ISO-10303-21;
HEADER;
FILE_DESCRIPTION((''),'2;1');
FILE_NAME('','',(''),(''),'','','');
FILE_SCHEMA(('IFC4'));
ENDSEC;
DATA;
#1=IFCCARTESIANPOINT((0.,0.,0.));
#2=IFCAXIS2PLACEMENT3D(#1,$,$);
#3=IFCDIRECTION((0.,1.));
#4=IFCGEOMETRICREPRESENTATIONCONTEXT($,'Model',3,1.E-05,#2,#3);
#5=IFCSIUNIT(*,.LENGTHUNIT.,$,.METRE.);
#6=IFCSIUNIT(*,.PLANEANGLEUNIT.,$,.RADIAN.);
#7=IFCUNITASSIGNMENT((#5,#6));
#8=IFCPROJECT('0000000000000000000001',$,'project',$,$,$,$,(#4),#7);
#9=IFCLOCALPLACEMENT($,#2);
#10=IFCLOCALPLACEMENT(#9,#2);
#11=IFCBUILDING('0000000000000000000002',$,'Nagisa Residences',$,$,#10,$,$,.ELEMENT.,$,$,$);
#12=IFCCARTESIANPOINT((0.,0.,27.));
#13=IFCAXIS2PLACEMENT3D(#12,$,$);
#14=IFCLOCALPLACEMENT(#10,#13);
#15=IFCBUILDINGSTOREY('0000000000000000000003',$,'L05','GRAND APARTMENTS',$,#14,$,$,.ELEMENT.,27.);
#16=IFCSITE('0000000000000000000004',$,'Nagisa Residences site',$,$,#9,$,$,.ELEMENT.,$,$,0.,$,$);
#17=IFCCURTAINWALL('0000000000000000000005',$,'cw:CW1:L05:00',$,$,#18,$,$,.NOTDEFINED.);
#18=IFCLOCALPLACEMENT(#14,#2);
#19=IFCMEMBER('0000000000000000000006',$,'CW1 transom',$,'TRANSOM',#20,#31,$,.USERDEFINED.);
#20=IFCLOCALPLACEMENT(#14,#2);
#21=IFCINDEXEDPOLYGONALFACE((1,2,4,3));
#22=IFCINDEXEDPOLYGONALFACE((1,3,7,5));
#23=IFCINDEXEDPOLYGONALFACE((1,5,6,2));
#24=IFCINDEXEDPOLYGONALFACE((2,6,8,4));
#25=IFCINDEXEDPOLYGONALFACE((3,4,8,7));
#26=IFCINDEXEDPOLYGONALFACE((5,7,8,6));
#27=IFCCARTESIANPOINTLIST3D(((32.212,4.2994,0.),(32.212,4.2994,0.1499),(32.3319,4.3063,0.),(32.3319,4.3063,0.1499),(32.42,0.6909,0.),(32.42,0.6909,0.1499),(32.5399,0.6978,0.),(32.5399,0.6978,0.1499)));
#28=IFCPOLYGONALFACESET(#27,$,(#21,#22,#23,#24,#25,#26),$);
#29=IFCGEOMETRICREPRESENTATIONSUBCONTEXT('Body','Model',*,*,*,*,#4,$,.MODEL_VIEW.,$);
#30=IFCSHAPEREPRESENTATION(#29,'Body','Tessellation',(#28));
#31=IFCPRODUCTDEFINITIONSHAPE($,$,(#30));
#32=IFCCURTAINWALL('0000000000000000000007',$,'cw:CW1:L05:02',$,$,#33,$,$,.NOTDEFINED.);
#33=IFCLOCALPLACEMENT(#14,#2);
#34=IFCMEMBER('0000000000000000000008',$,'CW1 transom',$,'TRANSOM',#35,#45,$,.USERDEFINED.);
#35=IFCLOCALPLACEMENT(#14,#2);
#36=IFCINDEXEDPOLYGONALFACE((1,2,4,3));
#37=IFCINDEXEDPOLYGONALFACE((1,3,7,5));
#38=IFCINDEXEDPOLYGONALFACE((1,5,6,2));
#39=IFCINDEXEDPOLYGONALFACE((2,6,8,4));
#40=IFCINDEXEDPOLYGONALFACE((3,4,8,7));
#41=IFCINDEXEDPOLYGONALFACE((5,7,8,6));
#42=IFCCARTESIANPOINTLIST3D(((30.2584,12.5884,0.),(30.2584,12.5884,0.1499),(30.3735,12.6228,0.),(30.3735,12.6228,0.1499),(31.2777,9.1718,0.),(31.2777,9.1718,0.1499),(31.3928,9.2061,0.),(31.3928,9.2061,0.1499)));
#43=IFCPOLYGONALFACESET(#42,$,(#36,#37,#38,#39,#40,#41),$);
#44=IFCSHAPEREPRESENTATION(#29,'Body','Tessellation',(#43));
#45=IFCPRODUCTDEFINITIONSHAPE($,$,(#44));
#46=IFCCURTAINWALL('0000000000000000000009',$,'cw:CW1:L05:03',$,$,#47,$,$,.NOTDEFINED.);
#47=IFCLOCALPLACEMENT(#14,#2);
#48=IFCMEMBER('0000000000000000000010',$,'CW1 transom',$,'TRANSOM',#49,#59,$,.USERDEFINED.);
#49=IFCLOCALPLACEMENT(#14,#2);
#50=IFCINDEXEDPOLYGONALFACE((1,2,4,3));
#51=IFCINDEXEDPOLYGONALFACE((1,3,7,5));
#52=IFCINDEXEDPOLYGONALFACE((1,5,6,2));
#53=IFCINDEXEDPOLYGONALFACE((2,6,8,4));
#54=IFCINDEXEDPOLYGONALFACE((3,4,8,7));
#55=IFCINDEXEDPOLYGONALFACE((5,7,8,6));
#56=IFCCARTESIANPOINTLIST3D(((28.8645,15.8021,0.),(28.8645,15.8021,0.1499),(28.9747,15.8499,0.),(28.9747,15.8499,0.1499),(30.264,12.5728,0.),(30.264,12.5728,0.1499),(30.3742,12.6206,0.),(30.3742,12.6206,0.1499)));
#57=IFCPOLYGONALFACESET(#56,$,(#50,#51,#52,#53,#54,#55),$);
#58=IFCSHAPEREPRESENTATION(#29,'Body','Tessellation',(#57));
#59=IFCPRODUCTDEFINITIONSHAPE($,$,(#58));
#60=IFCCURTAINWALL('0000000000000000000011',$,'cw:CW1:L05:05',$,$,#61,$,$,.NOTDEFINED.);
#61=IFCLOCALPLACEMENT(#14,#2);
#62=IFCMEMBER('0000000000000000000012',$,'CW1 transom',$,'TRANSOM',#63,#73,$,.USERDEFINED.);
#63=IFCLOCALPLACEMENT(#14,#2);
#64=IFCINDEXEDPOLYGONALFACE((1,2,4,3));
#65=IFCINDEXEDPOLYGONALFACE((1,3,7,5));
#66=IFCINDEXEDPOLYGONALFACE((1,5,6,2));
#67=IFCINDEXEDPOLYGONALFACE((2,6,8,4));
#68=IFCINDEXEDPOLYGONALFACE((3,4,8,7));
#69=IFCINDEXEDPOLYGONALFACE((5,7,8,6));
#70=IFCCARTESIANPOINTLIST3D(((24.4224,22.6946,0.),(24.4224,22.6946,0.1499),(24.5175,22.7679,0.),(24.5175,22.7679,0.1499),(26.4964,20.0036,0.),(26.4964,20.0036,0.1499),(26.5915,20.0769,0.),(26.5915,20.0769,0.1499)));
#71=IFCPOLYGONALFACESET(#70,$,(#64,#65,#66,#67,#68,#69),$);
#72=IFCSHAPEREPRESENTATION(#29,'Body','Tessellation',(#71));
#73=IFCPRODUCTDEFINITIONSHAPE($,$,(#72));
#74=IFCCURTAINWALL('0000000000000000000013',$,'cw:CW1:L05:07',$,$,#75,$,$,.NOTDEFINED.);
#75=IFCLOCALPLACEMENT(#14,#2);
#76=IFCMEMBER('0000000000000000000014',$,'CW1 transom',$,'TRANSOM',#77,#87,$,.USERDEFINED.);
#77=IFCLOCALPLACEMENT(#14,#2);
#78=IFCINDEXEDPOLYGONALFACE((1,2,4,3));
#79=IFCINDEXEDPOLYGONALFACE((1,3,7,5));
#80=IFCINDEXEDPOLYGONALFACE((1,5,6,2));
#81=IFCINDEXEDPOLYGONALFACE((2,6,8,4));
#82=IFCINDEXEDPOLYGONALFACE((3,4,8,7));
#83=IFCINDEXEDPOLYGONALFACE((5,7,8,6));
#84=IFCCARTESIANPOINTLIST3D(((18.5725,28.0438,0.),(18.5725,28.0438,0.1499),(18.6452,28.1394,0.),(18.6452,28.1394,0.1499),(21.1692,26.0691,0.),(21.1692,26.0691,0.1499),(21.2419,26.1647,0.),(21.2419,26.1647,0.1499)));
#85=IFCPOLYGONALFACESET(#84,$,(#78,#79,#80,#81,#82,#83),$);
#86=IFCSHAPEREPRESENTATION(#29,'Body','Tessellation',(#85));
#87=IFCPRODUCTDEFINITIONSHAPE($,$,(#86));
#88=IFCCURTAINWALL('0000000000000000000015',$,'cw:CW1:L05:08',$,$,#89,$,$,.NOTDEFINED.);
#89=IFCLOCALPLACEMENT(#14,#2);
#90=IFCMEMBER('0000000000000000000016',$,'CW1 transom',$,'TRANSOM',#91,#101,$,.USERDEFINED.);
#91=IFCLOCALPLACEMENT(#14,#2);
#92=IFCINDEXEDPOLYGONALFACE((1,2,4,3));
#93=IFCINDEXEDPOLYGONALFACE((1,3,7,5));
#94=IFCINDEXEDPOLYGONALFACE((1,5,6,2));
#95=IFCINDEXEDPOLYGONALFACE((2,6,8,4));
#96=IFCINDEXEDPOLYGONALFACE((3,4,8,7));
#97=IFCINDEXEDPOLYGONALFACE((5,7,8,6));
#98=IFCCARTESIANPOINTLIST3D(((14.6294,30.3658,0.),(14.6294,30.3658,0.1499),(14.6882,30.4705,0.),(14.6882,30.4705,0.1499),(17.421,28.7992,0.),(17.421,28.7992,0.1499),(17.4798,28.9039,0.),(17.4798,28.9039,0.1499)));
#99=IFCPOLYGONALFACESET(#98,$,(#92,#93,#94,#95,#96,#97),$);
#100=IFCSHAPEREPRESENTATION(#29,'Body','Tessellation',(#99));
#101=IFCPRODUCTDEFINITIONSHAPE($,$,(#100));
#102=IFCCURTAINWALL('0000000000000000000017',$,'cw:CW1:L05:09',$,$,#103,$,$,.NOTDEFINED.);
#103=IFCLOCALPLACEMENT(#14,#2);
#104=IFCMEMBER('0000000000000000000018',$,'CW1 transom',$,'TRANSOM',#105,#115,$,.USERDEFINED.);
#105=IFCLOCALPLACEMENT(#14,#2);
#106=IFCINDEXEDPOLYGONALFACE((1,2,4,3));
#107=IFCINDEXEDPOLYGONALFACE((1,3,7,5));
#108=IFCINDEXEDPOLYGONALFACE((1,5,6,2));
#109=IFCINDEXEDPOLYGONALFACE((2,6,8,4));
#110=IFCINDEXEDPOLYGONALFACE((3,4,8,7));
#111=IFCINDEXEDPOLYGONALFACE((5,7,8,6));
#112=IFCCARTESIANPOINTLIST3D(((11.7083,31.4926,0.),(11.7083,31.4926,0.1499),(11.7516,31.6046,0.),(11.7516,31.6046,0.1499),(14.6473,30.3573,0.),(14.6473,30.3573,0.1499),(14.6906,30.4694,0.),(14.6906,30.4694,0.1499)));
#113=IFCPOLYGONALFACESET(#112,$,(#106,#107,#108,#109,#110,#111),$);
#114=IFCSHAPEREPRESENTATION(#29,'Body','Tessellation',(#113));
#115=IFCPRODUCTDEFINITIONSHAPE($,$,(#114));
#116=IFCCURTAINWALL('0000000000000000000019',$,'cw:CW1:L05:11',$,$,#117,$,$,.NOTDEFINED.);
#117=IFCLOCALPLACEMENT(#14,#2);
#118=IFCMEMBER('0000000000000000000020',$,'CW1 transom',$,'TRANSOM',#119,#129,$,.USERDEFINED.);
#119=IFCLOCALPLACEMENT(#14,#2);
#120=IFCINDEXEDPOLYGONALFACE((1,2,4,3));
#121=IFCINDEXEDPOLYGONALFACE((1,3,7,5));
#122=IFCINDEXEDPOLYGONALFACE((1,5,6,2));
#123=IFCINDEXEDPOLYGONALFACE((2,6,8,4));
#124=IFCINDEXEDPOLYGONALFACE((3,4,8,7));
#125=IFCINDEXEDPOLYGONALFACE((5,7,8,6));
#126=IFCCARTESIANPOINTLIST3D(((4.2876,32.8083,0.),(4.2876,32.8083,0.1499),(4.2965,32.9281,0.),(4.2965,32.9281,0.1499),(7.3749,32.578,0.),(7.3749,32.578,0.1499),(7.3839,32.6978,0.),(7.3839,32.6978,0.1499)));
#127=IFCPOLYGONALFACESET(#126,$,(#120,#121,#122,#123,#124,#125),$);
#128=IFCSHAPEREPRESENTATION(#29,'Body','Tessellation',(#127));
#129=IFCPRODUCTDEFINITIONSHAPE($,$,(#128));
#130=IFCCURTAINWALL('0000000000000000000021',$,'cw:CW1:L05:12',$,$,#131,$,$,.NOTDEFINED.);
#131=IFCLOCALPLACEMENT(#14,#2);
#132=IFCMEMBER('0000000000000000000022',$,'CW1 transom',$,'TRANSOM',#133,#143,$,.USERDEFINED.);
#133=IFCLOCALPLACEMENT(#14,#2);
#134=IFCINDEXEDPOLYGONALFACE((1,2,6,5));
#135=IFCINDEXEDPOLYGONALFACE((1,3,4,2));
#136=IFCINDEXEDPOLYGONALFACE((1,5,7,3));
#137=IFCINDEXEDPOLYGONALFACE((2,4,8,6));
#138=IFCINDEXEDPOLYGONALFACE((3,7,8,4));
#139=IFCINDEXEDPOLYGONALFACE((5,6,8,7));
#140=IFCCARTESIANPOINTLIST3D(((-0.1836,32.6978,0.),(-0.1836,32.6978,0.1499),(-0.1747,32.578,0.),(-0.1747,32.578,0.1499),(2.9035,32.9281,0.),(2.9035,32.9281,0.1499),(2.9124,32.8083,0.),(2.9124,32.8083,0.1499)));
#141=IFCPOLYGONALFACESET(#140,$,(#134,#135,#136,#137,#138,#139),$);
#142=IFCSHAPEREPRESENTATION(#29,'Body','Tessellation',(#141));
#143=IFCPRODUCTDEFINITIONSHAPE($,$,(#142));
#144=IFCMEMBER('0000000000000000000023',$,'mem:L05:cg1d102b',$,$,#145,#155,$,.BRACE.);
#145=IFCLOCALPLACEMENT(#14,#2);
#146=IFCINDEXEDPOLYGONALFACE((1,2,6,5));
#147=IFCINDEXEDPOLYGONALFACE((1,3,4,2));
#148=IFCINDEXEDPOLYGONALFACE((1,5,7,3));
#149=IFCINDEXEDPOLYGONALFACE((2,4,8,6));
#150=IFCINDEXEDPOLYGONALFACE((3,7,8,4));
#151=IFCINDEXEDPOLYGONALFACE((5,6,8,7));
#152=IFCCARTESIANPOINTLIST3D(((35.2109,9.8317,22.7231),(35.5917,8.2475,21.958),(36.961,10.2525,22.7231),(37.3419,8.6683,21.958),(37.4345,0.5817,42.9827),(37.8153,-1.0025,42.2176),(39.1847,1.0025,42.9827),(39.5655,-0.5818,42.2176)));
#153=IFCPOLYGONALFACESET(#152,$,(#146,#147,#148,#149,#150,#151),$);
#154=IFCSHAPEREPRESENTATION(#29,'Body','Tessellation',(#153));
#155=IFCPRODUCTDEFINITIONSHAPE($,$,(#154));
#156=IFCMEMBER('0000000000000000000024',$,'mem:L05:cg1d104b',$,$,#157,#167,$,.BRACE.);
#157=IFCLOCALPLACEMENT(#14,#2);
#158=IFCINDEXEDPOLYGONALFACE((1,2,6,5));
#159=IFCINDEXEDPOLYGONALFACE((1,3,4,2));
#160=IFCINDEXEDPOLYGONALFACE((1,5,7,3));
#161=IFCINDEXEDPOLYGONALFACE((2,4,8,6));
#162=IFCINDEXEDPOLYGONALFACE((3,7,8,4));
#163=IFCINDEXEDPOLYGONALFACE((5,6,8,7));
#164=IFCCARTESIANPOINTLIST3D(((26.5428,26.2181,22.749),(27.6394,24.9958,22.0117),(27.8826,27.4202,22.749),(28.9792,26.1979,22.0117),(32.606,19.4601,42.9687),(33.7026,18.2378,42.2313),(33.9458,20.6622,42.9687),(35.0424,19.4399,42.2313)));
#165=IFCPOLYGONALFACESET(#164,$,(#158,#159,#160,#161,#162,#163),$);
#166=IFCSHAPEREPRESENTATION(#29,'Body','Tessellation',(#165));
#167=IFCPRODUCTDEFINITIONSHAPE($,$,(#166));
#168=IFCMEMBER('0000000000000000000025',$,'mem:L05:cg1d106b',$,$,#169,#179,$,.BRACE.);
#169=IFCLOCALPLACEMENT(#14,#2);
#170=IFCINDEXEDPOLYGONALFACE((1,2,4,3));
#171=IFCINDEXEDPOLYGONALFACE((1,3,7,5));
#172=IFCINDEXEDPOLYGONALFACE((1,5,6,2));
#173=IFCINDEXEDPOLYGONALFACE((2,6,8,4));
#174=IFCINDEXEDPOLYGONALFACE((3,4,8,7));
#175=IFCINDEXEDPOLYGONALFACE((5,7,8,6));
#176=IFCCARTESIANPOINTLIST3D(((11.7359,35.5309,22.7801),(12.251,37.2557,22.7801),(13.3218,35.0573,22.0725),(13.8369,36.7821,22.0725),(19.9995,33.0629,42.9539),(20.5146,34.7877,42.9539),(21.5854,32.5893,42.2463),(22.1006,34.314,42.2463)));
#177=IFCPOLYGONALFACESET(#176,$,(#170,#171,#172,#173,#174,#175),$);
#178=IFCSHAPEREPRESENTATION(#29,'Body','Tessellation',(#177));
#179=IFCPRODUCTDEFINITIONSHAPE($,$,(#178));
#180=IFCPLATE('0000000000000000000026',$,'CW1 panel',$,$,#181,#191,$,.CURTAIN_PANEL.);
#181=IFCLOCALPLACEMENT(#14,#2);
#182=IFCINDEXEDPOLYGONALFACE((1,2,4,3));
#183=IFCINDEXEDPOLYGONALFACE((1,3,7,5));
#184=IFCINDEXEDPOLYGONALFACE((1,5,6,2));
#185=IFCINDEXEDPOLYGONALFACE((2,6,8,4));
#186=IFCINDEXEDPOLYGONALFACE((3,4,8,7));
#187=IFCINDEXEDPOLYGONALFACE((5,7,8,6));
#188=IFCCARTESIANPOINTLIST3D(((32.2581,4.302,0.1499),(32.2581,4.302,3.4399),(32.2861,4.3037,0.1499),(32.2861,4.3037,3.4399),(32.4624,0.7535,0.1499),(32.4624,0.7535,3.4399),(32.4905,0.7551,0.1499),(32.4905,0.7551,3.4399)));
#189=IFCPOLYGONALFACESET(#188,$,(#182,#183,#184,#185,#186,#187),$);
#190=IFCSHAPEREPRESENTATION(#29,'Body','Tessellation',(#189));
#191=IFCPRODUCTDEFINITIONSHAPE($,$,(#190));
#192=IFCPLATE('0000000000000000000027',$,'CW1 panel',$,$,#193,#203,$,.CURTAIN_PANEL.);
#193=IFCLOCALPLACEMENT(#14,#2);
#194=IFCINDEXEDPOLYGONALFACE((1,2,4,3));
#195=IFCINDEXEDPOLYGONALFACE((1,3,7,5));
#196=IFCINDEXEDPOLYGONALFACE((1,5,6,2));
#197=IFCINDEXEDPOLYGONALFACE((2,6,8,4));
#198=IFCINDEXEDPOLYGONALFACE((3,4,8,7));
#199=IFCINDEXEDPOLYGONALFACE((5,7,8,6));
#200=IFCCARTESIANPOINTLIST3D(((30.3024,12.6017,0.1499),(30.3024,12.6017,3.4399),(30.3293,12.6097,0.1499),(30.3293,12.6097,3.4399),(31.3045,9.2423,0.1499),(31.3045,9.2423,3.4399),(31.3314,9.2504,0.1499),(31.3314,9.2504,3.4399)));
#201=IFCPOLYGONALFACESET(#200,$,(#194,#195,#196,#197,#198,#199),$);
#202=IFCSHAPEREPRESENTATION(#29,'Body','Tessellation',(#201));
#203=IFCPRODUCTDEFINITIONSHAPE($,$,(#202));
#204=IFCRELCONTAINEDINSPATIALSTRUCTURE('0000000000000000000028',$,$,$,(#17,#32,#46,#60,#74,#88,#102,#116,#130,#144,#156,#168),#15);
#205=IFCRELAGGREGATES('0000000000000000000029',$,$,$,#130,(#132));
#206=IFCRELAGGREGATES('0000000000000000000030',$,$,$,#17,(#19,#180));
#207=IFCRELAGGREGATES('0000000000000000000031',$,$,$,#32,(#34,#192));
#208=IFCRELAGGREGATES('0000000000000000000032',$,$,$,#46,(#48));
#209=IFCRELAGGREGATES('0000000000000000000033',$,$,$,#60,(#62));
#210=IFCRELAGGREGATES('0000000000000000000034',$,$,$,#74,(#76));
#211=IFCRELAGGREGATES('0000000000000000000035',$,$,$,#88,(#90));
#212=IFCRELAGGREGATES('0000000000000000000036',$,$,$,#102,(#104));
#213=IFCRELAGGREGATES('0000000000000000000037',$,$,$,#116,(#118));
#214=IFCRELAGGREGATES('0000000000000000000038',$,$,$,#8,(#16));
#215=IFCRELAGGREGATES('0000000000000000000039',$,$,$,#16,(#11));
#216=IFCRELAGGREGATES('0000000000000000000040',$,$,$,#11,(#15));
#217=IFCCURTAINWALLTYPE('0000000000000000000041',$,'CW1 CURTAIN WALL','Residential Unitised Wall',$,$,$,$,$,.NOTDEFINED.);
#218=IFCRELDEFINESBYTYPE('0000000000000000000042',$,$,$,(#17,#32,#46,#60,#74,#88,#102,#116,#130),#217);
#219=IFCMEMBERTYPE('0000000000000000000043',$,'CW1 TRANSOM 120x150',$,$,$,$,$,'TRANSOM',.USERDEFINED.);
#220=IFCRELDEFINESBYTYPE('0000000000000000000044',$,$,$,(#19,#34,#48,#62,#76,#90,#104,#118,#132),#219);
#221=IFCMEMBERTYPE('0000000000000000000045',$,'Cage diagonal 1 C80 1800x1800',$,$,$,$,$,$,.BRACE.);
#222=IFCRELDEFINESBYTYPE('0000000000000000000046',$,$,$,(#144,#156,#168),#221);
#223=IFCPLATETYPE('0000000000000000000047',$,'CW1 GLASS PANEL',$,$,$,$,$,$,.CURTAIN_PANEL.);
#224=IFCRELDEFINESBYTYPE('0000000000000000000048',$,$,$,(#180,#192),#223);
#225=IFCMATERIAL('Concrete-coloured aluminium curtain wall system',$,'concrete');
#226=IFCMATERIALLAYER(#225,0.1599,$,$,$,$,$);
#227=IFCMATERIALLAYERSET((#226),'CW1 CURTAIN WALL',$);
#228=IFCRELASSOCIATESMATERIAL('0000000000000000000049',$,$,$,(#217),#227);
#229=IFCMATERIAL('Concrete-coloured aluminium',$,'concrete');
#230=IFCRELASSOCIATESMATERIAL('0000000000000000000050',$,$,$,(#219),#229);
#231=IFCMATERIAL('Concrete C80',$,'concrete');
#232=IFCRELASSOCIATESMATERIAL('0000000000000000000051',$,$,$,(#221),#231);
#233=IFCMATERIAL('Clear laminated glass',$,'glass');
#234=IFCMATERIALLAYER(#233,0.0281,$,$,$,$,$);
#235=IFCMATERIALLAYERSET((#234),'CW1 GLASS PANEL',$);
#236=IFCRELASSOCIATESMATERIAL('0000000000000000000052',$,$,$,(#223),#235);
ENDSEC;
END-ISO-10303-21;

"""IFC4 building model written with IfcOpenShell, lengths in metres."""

from ifc_helpers import new_model, si_unit, direction, frame, origin, origin_2d, place, context, subcontext, project, spatial, rectangle, extrude, material, layer, layer_set, material_profile, profile_set, type_object, element, aggregate, save


model = new_model("IFC4")

# Units and contexts
model_context = context("Model", 3, precision=1e-05, world=origin(), true_north=direction((0.0, 1.0)))
body_context = subcontext(model_context, "Body", "Model", "MODEL_VIEW")
ifc_project = project(units=[si_unit("LENGTHUNIT", "METRE"), si_unit("PLANEANGLEUNIT", "RADIAN")], contexts=[model_context])

# Site, building, storey
site_placement = place(None, origin())
site = spatial("IfcSite", under=ifc_project, at=site_placement, Name="Nagisa Residences site", CompositionType="ELEMENT", RefElevation=0.0)
building_placement = place(site_placement, origin())
building = spatial("IfcBuilding", under=site, at=building_placement, Name="Nagisa Residences", CompositionType="ELEMENT")
storey_placement = place(building_placement, frame((0.0, 0.0, 27.0)))
storey = spatial("IfcBuildingStorey", under=building, at=storey_placement, Name="L05", Description="GRAND APARTMENTS", CompositionType="ELEMENT", Elevation=27.0)

# Curtain walls, members
ifc_material_1 = material(Name="Concrete-coloured aluminium curtain wall system", Category="concrete")
ifc_layer_1 = layer(ifc_material_1, 0.1599)
ifc_layer_set_1 = layer_set([ifc_layer_1], Name="CW1 CURTAIN WALL")
curtain_wall_type = type_object("IfcCurtainWallType", Name="CW1 CURTAIN WALL", Description="Residential Unitised Wall", PredefinedType="NOTDEFINED", material=ifc_layer_set_1)
curtain_wall_1_placement = place(storey_placement, origin())
curtain_wall_1 = element("IfcCurtainWall", 1, at=curtain_wall_1_placement, inside=storey, type_object=curtain_wall_type, Name="cw:CW1:L05:00", PredefinedType="NOTDEFINED")
ifc_material_2 = material(Name="Concrete-coloured aluminium", Category="concrete")
ifc_material_profile_1 = material_profile(ifc_material_2, rectangle(XDim=0.1201, YDim=0.1499, at=origin_2d()), Name="CW1 TRANSOM 120x150")
ifc_profile_set_1 = profile_set([ifc_material_profile_1], Name="Concrete-coloured aluminium")
member_type_1 = type_object("IfcMemberType", Name="CW1 TRANSOM 120x150", ElementType="TRANSOM", PredefinedType="USERDEFINED", material=ifc_profile_set_1)
member_1_placement = place(storey_placement, frame((32.48, 0.6943, 0.075), z_axis=(-0.05755, 0.998343, 0.0), x_axis=(-0.998343, -0.05755, 0.0)))
member_1 = element("IfcMember", 2, at=member_1_placement, type_object=member_type_1, Name="CW1 transom", ObjectType="TRANSOM", PredefinedType="USERDEFINED", context=body_context, shape_type="SweptSolid", body=[
    extrude(rectangle(XDim=0.1201, YDim=0.1499, at=origin_2d()), origin(), (0.0, 0.0, 1.0), 3.6145),
])
curtain_wall_2_placement = place(storey_placement, origin())
curtain_wall_2 = element("IfcCurtainWall", 3, at=curtain_wall_2_placement, inside=storey, type_object=curtain_wall_type, Name="cw:CW1:L05:02", PredefinedType="NOTDEFINED")
member_2_placement = place(storey_placement, frame((31.3352, 9.189, 0.075), z_axis=(-0.285871, 0.958268, 0.0), x_axis=(-0.958268, -0.285871, 0.0)))
member_2 = element("IfcMember", 4, at=member_2_placement, type_object=member_type_1, Name="CW1 transom", ObjectType="TRANSOM", PredefinedType="USERDEFINED", context=body_context, shape_type="SweptSolid", body=[
    extrude(rectangle(XDim=0.1201, YDim=0.1499, at=origin_2d()), origin(), (0.0, 0.0, 1.0), 3.5654),
])
curtain_wall_3_placement = place(storey_placement, origin())
curtain_wall_3 = element("IfcCurtainWall", 5, at=curtain_wall_3_placement, inside=storey, type_object=curtain_wall_type, Name="cw:CW1:L05:03", PredefinedType="NOTDEFINED")
member_3_placement = place(storey_placement, frame((30.3191, 12.5967, 0.075), z_axis=(-0.397625, 0.917548, 0.0), x_axis=(-0.917548, -0.397625, 0.0)))
member_3 = element("IfcMember", 6, at=member_3_placement, type_object=member_type_1, Name="CW1 transom", ObjectType="TRANSOM", PredefinedType="USERDEFINED", context=body_context, shape_type="SweptSolid", body=[
    extrude(rectangle(XDim=0.1201, YDim=0.1499, at=origin_2d()), origin(), (0.0, 0.0, 1.0), 3.5195),
])
curtain_wall_4_placement = place(storey_placement, origin())
curtain_wall_4 = element("IfcCurtainWall", 7, at=curtain_wall_4_placement, inside=storey, type_object=curtain_wall_type, Name="cw:CW1:L05:05", PredefinedType="NOTDEFINED")
member_4_placement = place(storey_placement, frame((26.5439, 20.0403, 0.075), z_axis=(-0.610457, 0.792049, 0.0), x_axis=(-0.792049, -0.610457, 0.0)))
member_4 = element("IfcMember", 8, at=member_4_placement, type_object=member_type_1, Name="CW1 transom", ObjectType="TRANSOM", PredefinedType="USERDEFINED", context=body_context, shape_type="SweptSolid", body=[
    extrude(rectangle(XDim=0.1201, YDim=0.1499, at=origin_2d()), origin(), (0.0, 0.0, 1.0), 3.3975),
])
curtain_wall_5_placement = place(storey_placement, origin())
curtain_wall_5 = element("IfcCurtainWall", 9, at=curtain_wall_5_placement, inside=storey, type_object=curtain_wall_type, Name="cw:CW1:L05:07", PredefinedType="NOTDEFINED")
member_5_placement = place(storey_placement, frame((21.2056, 26.1169, 0.075), z_axis=(-0.795995, 0.605303, 0.0), x_axis=(-0.605303, -0.795995, 0.0)))
member_5 = element("IfcMember", 10, at=member_5_placement, type_object=member_type_1, Name="CW1 transom", ObjectType="TRANSOM", PredefinedType="USERDEFINED", context=body_context, shape_type="SweptSolid", body=[
    extrude(rectangle(XDim=0.1201, YDim=0.1499, at=origin_2d()), origin(), (0.0, 0.0, 1.0), 3.2622),
])
curtain_wall_6_placement = place(storey_placement, origin())
curtain_wall_6 = element("IfcCurtainWall", 11, at=curtain_wall_6_placement, inside=storey, type_object=curtain_wall_type, Name="cw:CW1:L05:08", PredefinedType="NOTDEFINED")
member_6_placement = place(storey_placement, frame((17.4504, 28.8516, 0.075), z_axis=(-0.87207, 0.489381, 0.0), x_axis=(-0.489381, -0.87207, 0.0)))
member_6 = element("IfcMember", 12, at=member_6_placement, type_object=member_type_1, Name="CW1 transom", ObjectType="TRANSOM", PredefinedType="USERDEFINED", context=body_context, shape_type="SweptSolid", body=[
    extrude(rectangle(XDim=0.1201, YDim=0.1499, at=origin_2d()), origin(), (0.0, 0.0, 1.0), 3.2012),
])
curtain_wall_7_placement = place(storey_placement, origin())
curtain_wall_7 = element("IfcCurtainWall", 13, at=curtain_wall_7_placement, inside=storey, type_object=curtain_wall_type, Name="cw:CW1:L05:09", PredefinedType="NOTDEFINED")
member_7_placement = place(storey_placement, frame((14.6689, 30.4133, 0.075), z_axis=(-0.932825, 0.360329, 0.0), x_axis=(-0.360329, -0.932825, 0.0)))
member_7 = element("IfcMember", 14, at=member_7_placement, type_object=member_type_1, Name="CW1 transom", ObjectType="TRANSOM", PredefinedType="USERDEFINED", context=body_context, shape_type="SweptSolid", body=[
    extrude(rectangle(XDim=0.1201, YDim=0.1499, at=origin_2d()), origin(), (0.0, 0.0, 1.0), 3.1506),
])
curtain_wall_8_placement = place(storey_placement, origin())
curtain_wall_8 = element("IfcCurtainWall", 15, at=curtain_wall_8_placement, inside=storey, type_object=curtain_wall_type, Name="cw:CW1:L05:11", PredefinedType="NOTDEFINED")
member_8_placement = place(storey_placement, frame((7.3794, 32.6379, 0.075), z_axis=(-0.997231, 0.074363, 0.0), x_axis=(-0.074363, -0.997231, 0.0)))
member_8 = element("IfcMember", 16, at=member_8_placement, type_object=member_type_1, Name="CW1 transom", ObjectType="TRANSOM", PredefinedType="USERDEFINED", context=body_context, shape_type="SweptSolid", body=[
    extrude(rectangle(XDim=0.1201, YDim=0.1499, at=origin_2d()), origin(), (0.0, 0.0, 1.0), 3.0959),
])
curtain_wall_9_placement = place(storey_placement, origin())
curtain_wall_9 = element("IfcCurtainWall", 17, at=curtain_wall_9_placement, inside=storey, type_object=curtain_wall_type, Name="cw:CW1:L05:12", PredefinedType="NOTDEFINED")
member_9_placement = place(storey_placement, frame((2.908, 32.8682, 0.075), z_axis=(-0.997231, -0.074368, 0.0), x_axis=(0.074368, -0.997231, 0.0)))
member_9 = element("IfcMember", 18, at=member_9_placement, type_object=member_type_1, Name="CW1 transom", ObjectType="TRANSOM", PredefinedType="USERDEFINED", context=body_context, shape_type="SweptSolid", body=[
    extrude(rectangle(XDim=0.1201, YDim=0.1499, at=origin_2d()), origin(), (0.0, 0.0, 1.0), 3.0957),
])
aggregate(curtain_wall_9, [member_9])

# Members
ifc_material_3 = material(Name="Concrete C80", Category="concrete")
ifc_material_profile_2 = material_profile(ifc_material_3, rectangle(XDim=1.8, YDim=1.8, at=origin_2d()), Name="C80 1800x1800")
ifc_profile_set_2 = profile_set([ifc_material_profile_2], Name="Concrete C80")
member_type_2 = type_object("IfcMemberType", Name="Cage diagonal 1 C80 1800x1800", PredefinedType="BRACE", material=ifc_profile_set_2)
member_10_placement = place(storey_placement, frame((36.2764, 9.25, 22.3406), z_axis=(0.099349, -0.413278, 0.905169), x_axis=(0.972301, 0.233734, 0.0)))
element("IfcMember", 19, at=member_10_placement, inside=storey, type_object=member_type_2, Name="mem:L05:cg1d102b", PredefinedType="BRACE", context=body_context, shape_type="SweptSolid", body=[
    extrude(rectangle(XDim=1.8, YDim=1.8, at=origin_2d()), origin(), (0.0, 0.0, 1.0), 22.3821),
])
member_11_placement = place(storey_placement, frame((27.761, 26.208, 22.3804), z_axis=(0.273554, -0.304903, 0.912251), x_axis=(0.744335, 0.667807, 0.0)))
element("IfcMember", 20, at=member_11_placement, inside=storey, type_object=member_type_2, Name="mem:L05:cg1d104b", PredefinedType="BRACE", context=body_context, shape_type="SweptSolid", body=[
    extrude(rectangle(XDim=1.8, YDim=1.8, at=origin_2d()), origin(), (0.0, 0.0, 1.0), 22.1646),
])
member_12_placement = place(storey_placement, frame((12.7864, 36.1565, 22.4263), z_axis=(0.376649, -0.11249, 0.919501), x_axis=(0.286169, 0.958179, 0.0)))
element("IfcMember", 21, at=member_12_placement, inside=storey, type_object=member_type_2, Name="mem:L05:cg1d106b", PredefinedType="BRACE", context=body_context, shape_type="SweptSolid", body=[
    extrude(rectangle(XDim=1.8, YDim=1.8, at=origin_2d()), origin(), (0.0, 0.0, 1.0), 21.9399),
])

# Plates
ifc_material_4 = material(Name="Clear laminated glass", Category="glass")
ifc_layer_2 = layer(ifc_material_4, 0.0281)
ifc_layer_set_2 = layer_set([ifc_layer_2], Name="CW1 GLASS PANEL")
plate_type = type_object("IfcPlateType", Name="CW1 GLASS PANEL", PredefinedType="CURTAIN_PANEL", material=ifc_layer_set_2)
plate_1_placement = place(storey_placement, frame((32.3743, 2.5286, 0.1499), z_axis=(0.0, 0.0, 1.0), x_axis=(-0.057503, 0.998345, 0.0)))
plate_1 = element("IfcPlate", 22, at=plate_1_placement, type_object=plate_type, Name="CW1 panel", PredefinedType="CURTAIN_PANEL", context=body_context, shape_type="SweptSolid", body=[
    extrude(rectangle(XDim=3.5544, YDim=0.0281, at=origin_2d()), origin(), (0.0, 0.0, 1.0), 3.29),
])
aggregate(curtain_wall_1, [member_1, plate_1])
plate_2_placement = place(storey_placement, frame((30.8169, 10.926, 0.1499), z_axis=(0.0, 0.0, 1.0), x_axis=(-0.28586, 0.958271, 0.0)))
plate_2 = element("IfcPlate", 23, at=plate_2_placement, type_object=plate_type, Name="CW1 panel", PredefinedType="CURTAIN_PANEL", context=body_context, shape_type="SweptSolid", body=[
    extrude(rectangle(XDim=3.5056, YDim=0.0281, at=origin_2d()), origin(), (0.0, 0.0, 1.0), 3.29),
])
aggregate(curtain_wall_2, [member_2, plate_2])
aggregate(curtain_wall_3, [member_3])
aggregate(curtain_wall_4, [member_4])
aggregate(curtain_wall_5, [member_5])
aggregate(curtain_wall_6, [member_6])
aggregate(curtain_wall_7, [member_7])
aggregate(curtain_wall_8, [member_8])

save(model, "model.ifc")
